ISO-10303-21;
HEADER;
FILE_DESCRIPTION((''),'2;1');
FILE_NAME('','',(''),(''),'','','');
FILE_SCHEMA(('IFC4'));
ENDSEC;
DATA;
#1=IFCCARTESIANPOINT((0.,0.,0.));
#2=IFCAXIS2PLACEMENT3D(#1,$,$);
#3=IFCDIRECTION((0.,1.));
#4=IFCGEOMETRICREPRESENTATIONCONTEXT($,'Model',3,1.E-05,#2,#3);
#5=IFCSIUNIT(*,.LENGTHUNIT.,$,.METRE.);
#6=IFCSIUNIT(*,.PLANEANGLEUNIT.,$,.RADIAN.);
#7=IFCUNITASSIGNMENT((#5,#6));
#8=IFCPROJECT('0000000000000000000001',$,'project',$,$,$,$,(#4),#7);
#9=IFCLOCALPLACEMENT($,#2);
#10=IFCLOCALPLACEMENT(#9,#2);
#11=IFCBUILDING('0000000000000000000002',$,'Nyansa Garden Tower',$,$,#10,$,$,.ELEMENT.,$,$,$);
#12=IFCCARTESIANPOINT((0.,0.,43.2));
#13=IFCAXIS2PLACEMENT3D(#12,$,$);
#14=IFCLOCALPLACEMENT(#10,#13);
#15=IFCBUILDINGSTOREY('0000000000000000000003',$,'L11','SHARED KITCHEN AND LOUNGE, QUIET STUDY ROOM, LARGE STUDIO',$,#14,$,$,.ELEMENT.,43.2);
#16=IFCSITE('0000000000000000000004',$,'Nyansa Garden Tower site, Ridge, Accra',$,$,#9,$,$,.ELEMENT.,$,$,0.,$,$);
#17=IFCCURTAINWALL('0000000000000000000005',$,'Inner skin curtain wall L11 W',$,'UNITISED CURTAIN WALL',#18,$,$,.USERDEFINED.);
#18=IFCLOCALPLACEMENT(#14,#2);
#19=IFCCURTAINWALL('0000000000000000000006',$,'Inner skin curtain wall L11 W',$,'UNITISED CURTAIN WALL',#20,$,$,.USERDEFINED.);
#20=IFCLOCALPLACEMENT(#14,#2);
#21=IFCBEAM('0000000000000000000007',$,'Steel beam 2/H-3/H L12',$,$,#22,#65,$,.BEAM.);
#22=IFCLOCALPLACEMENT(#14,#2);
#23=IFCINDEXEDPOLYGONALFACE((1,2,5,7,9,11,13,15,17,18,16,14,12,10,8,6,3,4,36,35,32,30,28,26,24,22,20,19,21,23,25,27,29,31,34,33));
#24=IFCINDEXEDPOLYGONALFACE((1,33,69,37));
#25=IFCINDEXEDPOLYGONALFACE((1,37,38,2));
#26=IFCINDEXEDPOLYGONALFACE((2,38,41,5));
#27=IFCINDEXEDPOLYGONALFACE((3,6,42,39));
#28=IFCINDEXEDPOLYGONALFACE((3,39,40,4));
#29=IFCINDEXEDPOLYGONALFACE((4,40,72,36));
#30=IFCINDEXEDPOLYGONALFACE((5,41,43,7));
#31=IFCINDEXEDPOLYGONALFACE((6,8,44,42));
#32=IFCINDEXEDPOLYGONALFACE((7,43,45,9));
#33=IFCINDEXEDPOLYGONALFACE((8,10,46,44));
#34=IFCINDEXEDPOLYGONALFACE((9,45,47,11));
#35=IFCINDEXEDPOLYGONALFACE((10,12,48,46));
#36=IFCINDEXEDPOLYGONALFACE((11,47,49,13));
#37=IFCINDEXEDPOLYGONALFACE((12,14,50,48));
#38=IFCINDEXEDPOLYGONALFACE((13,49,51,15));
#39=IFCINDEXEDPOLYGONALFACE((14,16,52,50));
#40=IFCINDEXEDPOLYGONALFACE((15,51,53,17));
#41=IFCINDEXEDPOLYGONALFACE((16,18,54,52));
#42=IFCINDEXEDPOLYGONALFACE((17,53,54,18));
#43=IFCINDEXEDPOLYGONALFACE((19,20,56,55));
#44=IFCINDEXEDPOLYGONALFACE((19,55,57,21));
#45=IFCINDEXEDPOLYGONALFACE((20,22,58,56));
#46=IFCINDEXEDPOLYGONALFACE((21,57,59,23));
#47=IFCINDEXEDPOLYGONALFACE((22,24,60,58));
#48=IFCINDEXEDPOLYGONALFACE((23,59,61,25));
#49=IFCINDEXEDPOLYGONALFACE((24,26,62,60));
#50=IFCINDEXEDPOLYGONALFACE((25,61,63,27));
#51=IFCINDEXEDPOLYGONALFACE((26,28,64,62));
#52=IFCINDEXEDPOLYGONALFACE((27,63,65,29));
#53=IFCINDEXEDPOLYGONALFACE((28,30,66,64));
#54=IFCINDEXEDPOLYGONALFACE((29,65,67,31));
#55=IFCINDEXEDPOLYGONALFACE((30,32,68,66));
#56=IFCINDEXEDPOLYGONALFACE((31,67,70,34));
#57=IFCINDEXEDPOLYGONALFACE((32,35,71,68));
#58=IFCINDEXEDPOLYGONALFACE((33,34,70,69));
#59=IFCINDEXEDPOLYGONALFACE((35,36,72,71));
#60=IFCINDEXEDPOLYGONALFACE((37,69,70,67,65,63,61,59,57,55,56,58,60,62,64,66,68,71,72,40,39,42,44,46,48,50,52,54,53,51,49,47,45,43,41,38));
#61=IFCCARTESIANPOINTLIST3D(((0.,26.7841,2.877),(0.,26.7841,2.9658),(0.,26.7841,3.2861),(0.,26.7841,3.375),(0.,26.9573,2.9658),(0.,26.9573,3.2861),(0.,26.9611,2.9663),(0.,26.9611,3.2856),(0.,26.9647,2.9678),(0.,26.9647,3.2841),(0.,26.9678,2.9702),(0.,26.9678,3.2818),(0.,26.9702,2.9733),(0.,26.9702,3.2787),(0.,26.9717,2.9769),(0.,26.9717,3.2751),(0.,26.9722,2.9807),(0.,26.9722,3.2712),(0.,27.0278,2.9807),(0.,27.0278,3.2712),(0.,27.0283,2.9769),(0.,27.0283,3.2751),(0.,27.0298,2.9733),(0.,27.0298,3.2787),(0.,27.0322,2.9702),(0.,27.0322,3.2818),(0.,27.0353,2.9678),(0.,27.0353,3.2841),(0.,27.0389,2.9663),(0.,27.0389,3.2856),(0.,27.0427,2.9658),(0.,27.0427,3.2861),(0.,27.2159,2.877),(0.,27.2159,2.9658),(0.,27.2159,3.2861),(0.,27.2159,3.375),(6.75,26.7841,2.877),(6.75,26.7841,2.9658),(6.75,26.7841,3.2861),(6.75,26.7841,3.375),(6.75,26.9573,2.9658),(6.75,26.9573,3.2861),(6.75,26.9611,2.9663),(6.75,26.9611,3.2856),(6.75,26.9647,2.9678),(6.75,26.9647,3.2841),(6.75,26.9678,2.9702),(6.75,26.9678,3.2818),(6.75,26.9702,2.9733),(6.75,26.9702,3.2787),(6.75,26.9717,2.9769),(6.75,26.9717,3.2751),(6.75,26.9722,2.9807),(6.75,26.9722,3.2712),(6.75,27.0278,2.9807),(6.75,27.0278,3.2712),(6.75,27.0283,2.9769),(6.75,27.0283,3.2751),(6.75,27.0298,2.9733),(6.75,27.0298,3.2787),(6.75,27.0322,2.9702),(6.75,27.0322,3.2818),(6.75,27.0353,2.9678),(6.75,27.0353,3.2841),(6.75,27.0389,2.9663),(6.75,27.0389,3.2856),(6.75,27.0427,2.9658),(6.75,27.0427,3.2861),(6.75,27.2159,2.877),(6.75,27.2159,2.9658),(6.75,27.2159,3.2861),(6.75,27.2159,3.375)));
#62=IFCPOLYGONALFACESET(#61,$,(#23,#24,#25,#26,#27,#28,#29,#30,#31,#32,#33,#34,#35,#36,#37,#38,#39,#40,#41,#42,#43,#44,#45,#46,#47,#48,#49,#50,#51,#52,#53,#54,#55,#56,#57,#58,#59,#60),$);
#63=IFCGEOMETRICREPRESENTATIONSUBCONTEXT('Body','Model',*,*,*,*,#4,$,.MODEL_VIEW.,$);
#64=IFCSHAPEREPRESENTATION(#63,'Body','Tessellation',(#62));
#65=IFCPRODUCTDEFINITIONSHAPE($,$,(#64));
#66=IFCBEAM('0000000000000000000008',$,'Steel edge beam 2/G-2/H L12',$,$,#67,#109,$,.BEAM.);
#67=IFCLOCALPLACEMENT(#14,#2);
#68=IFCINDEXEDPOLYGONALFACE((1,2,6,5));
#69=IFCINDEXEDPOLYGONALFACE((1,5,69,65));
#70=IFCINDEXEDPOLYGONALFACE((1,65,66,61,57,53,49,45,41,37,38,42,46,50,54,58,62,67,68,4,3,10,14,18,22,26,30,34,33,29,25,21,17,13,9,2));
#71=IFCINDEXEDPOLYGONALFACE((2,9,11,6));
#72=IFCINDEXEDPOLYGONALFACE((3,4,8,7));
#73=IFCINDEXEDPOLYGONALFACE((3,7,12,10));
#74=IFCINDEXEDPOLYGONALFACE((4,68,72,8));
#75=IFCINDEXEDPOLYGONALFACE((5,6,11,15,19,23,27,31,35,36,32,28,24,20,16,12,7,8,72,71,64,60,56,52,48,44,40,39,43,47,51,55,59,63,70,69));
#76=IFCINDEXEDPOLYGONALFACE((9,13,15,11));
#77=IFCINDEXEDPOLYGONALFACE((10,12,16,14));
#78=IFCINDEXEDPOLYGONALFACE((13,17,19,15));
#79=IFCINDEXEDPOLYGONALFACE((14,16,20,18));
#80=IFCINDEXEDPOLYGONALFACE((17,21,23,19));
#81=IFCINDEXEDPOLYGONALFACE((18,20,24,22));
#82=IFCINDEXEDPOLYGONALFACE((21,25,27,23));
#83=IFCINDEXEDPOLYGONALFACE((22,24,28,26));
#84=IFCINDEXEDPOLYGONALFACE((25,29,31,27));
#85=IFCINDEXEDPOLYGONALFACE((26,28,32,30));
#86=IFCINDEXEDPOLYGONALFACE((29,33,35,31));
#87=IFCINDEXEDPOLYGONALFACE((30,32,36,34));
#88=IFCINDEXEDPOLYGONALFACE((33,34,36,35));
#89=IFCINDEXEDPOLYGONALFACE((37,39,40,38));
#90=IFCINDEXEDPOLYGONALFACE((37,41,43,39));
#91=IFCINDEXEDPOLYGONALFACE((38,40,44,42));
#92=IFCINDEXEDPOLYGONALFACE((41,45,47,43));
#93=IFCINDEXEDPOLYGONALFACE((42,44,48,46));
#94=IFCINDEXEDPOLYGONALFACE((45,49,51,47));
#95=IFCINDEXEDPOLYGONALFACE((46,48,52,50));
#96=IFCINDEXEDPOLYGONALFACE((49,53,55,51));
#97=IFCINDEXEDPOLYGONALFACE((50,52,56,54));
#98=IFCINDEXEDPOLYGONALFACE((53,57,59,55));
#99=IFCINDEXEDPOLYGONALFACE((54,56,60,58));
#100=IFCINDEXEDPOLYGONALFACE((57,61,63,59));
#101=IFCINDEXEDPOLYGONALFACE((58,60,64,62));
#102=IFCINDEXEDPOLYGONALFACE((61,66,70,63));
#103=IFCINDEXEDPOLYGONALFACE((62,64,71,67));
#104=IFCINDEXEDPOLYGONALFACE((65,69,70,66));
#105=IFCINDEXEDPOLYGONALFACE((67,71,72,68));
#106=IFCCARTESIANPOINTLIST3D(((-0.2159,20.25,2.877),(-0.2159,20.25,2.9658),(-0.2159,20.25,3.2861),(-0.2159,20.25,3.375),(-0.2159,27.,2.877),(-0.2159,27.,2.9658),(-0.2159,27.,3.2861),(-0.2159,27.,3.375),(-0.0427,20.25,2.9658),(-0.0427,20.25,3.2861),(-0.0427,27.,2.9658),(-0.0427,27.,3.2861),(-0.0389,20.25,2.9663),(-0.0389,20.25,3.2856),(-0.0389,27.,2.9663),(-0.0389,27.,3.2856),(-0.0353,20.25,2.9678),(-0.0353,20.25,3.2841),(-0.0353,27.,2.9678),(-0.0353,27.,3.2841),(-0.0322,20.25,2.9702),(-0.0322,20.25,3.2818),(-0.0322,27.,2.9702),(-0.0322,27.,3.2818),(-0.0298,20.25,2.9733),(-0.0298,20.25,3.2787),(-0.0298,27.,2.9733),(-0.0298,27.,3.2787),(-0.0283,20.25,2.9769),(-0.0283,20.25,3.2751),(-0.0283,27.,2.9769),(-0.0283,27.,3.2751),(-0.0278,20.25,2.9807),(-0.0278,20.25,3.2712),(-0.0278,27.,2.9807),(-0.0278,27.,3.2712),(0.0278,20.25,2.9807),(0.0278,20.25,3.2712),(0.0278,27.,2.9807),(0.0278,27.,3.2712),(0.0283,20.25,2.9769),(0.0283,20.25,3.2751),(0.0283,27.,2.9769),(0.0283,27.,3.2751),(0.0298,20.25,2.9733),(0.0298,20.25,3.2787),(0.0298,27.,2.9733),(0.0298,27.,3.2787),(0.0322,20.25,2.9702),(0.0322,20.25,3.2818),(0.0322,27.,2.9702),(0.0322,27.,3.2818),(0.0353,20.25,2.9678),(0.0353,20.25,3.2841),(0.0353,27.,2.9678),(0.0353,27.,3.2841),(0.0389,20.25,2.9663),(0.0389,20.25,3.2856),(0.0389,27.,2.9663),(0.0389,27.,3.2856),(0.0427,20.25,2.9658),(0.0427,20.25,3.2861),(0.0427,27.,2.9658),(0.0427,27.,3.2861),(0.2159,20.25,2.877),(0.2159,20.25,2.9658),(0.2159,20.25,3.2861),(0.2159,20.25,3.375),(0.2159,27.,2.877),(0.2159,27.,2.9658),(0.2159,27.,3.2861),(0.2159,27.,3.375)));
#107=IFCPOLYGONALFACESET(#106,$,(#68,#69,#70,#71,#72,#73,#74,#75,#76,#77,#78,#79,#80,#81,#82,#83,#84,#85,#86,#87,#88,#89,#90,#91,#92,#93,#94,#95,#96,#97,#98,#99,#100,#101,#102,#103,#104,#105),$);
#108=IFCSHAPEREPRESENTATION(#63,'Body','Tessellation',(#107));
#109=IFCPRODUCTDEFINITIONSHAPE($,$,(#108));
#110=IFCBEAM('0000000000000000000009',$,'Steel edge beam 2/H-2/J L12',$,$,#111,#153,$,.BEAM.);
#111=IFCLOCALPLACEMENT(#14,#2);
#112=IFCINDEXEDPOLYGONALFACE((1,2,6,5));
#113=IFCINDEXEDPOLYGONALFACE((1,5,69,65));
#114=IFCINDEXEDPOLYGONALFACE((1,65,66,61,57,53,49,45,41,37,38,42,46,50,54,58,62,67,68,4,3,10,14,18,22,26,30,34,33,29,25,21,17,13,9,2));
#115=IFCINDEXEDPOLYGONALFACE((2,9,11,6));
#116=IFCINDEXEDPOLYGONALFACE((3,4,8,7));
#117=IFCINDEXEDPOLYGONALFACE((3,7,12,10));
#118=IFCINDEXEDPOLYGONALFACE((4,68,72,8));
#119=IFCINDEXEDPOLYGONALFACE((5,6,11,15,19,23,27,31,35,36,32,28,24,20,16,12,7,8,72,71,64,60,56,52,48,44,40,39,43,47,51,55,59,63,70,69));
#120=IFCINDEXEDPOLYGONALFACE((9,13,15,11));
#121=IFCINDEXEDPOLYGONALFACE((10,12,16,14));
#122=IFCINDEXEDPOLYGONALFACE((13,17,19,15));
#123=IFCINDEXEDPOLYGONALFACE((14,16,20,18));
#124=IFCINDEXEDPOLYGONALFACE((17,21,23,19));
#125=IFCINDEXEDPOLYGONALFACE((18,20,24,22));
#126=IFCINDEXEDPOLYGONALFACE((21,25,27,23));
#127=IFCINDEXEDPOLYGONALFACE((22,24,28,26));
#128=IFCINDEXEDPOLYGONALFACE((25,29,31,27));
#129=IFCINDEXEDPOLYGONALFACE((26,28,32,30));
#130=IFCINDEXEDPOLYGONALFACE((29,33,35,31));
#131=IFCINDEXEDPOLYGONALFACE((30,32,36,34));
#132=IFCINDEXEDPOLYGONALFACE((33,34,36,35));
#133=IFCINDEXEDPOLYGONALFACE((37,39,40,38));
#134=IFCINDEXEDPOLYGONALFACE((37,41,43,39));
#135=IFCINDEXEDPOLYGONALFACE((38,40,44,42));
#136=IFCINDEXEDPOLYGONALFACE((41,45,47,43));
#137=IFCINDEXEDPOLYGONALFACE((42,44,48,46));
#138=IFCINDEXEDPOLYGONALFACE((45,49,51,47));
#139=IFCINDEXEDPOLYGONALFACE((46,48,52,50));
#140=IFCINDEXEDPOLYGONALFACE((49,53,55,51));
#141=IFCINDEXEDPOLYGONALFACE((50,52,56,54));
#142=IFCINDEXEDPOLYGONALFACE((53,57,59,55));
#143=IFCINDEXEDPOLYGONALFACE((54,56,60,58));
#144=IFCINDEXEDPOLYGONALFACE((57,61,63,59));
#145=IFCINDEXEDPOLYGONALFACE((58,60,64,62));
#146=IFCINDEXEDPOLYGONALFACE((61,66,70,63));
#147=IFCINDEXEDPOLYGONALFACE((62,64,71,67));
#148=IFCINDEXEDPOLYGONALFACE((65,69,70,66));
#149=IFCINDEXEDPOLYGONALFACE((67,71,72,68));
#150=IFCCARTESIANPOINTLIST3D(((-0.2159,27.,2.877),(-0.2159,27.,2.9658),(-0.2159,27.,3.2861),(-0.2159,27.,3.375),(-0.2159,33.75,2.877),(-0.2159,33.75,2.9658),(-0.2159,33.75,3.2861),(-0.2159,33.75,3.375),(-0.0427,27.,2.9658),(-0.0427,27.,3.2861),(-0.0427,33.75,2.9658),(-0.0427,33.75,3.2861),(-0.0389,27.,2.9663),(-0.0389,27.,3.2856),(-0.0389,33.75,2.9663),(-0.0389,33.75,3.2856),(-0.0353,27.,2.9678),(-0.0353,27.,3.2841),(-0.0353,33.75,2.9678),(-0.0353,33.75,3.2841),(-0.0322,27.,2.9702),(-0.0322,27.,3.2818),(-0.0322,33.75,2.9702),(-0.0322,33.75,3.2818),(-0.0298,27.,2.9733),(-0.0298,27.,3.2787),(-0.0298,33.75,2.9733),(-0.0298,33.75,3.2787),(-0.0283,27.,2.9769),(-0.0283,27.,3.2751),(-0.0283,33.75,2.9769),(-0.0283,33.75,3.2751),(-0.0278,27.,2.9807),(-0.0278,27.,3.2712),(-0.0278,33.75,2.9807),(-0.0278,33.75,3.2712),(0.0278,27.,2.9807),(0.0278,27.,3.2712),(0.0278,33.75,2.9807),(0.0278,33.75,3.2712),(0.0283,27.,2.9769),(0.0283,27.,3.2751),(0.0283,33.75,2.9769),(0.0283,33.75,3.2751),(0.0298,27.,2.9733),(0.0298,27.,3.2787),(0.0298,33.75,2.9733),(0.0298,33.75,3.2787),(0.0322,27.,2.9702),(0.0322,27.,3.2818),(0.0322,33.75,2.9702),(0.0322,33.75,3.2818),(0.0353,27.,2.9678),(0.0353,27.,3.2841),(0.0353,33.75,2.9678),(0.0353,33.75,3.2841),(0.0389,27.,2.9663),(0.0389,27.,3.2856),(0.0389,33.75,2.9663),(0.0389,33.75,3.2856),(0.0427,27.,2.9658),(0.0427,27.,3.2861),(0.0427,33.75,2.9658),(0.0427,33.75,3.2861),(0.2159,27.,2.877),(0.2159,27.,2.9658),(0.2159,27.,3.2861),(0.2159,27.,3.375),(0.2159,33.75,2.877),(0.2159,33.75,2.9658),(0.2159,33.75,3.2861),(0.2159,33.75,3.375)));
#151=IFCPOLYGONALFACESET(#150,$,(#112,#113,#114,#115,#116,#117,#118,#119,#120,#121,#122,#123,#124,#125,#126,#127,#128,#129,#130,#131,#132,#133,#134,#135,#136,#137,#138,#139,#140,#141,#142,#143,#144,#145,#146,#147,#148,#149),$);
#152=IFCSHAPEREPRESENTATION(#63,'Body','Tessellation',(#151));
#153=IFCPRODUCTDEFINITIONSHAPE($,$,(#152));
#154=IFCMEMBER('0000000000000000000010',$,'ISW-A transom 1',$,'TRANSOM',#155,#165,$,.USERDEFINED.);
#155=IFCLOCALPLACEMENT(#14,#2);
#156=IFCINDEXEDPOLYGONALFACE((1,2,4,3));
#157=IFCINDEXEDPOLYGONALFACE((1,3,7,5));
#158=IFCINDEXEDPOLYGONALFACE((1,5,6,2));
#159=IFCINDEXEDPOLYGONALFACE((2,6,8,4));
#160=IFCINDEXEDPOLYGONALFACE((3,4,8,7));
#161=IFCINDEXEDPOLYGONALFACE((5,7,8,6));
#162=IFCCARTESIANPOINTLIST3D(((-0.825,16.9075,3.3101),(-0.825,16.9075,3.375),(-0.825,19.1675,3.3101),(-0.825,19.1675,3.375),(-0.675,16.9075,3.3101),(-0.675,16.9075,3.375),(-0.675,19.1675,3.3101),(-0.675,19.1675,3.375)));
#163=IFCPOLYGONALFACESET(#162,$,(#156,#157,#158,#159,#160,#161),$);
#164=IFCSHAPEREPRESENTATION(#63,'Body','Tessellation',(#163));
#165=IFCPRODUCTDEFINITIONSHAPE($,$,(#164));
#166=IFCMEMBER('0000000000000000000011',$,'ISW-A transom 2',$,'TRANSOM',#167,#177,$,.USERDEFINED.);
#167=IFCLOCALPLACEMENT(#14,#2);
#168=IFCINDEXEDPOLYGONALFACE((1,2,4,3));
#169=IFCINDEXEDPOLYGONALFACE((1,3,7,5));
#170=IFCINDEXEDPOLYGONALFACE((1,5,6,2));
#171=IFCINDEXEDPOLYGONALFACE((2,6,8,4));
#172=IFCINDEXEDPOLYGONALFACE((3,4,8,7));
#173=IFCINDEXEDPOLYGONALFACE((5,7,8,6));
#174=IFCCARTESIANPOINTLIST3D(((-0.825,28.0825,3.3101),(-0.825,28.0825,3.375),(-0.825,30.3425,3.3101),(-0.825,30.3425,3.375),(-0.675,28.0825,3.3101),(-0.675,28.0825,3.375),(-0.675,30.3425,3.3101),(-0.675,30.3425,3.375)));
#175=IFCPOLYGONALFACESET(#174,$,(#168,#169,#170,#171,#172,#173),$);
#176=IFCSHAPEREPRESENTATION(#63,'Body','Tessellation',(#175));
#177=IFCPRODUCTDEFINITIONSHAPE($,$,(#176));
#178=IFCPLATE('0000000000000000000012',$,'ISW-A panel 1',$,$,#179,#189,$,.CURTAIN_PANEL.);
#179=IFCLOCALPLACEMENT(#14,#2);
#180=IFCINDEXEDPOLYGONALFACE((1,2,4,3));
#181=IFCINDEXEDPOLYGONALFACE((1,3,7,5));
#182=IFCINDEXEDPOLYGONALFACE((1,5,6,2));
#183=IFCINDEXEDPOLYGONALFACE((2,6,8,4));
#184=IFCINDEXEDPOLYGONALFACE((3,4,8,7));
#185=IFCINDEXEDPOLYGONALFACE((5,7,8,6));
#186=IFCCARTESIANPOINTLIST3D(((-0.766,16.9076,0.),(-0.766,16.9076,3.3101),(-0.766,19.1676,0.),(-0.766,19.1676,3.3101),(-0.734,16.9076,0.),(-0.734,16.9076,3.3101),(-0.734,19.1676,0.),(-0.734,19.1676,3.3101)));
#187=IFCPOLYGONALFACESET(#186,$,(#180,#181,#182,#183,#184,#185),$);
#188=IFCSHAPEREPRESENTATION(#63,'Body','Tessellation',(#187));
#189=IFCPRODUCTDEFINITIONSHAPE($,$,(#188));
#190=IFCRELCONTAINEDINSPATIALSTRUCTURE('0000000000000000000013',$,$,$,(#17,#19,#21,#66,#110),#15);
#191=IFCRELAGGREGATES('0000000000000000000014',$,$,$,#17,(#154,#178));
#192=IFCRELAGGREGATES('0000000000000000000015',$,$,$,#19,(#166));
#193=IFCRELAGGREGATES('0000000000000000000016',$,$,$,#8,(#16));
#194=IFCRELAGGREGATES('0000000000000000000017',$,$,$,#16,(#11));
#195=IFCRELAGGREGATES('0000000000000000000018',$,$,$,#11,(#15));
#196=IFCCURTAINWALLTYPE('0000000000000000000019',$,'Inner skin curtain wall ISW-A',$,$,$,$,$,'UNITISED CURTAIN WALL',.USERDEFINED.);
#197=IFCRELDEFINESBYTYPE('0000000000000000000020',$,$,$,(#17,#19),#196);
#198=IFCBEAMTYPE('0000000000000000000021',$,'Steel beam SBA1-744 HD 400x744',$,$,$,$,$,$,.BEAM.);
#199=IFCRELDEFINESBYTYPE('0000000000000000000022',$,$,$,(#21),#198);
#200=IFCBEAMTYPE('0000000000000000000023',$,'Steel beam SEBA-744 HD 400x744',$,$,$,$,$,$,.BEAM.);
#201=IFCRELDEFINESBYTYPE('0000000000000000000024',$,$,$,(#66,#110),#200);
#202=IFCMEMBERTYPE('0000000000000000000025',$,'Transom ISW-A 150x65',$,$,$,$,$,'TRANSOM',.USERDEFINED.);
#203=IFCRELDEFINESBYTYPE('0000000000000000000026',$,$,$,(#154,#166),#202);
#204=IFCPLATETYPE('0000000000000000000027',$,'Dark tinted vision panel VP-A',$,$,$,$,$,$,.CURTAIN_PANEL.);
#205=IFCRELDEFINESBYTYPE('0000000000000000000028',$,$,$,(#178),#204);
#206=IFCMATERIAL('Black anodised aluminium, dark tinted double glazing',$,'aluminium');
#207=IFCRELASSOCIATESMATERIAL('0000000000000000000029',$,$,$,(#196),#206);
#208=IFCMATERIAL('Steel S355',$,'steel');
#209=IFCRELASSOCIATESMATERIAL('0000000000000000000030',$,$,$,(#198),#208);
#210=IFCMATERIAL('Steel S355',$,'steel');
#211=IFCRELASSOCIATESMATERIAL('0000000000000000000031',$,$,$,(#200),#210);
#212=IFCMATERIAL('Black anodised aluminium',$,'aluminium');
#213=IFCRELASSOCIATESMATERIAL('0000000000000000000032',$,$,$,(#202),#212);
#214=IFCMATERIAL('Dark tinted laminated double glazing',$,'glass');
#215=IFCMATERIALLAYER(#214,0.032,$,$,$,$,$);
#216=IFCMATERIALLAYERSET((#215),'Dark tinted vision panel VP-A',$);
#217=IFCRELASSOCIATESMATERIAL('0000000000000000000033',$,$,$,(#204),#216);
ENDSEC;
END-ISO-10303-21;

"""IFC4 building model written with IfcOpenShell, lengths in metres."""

from ifc_helpers import new_model, si_unit, direction, frame, origin, origin_2d, place, context, subcontext, project, spatial, rectangle, i_section, extrude, material, layer, layer_set, material_profile, profile_set, type_object, element, aggregate, save


model = new_model("IFC4")

# Units and contexts
model_context = context("Model", 3, precision=1e-05, world=origin(), true_north=direction((0.0, 1.0)))
body_context = subcontext(model_context, "Body", "Model", "MODEL_VIEW")
ifc_project = project(units=[si_unit("LENGTHUNIT", "METRE"), si_unit("PLANEANGLEUNIT", "RADIAN")], contexts=[model_context])

# Site, building, storey
site_placement = place(None, origin())
site = spatial("IfcSite", under=ifc_project, at=site_placement, Name="Nyansa Garden Tower site, Ridge, Accra", CompositionType="ELEMENT", RefElevation=0.0)
building_placement = place(site_placement, origin())
building = spatial("IfcBuilding", under=site, at=building_placement, Name="Nyansa Garden Tower", CompositionType="ELEMENT")
storey_placement = place(building_placement, frame((0.0, 0.0, 43.2)))
storey = spatial("IfcBuildingStorey", under=building, at=storey_placement, Name="L11", Description="SHARED KITCHEN AND LOUNGE, QUIET STUDY ROOM, LARGE STUDIO", CompositionType="ELEMENT", Elevation=43.2)

# Curtain wall
ifc_material_1 = material(Name="Black anodised aluminium, dark tinted double glazing", Category="aluminium")
curtain_wall_type = type_object("IfcCurtainWallType", Name="Inner skin curtain wall ISW-A", ElementType="UNITISED CURTAIN WALL", PredefinedType="USERDEFINED", material=ifc_material_1)
curtain_wall_1_placement = place(storey_placement, origin())
curtain_wall_1 = element("IfcCurtainWall", 1, at=curtain_wall_1_placement, inside=storey, type_object=curtain_wall_type, Name="Inner skin curtain wall L11 W", ObjectType="UNITISED CURTAIN WALL", PredefinedType="USERDEFINED")

# Curtain wall
curtain_wall_2_placement = place(storey_placement, origin())
curtain_wall_2 = element("IfcCurtainWall", 2, at=curtain_wall_2_placement, inside=storey, type_object=curtain_wall_type, Name="Inner skin curtain wall L11 W", ObjectType="UNITISED CURTAIN WALL", PredefinedType="USERDEFINED")

# Beams
ifc_material_2 = material(Name="Steel S355", Category="steel")
ifc_material_profile_1 = material_profile(ifc_material_2, i_section(OverallWidth=0.4319, OverallDepth=0.498, WebThickness=0.0557, FlangeThickness=0.0889, FilletRadius=0.0149, at=origin_2d()), Name="HD 400x744")
ifc_profile_set_1 = profile_set([ifc_material_profile_1], Name="Steel S355")
beam_type_1 = type_object("IfcBeamType", Name="Steel beam SBA1-744 HD 400x744", PredefinedType="BEAM", material=ifc_profile_set_1)
for number, where, z_axis, x_axis, name in (
    (3, (0.0, 27.0, 3.126), (1.0, 0.0, 0.0), (0.0, 1.0, 0.0), "Steel beam 2/H-3/H L12"),
):
    element("IfcBeam", number, at=place(storey_placement, frame(where, z_axis=z_axis, x_axis=x_axis)), inside=storey, type_object=beam_type_1, Name=name, PredefinedType="BEAM", context=body_context, shape_type="SweptSolid", body=[
        extrude(i_section(OverallWidth=0.4319, OverallDepth=0.498, WebThickness=0.0557, FlangeThickness=0.0889, FilletRadius=0.0149, at=origin_2d()), origin(), (0.0, 0.0, 1.0), 6.75),
    ])
ifc_material_3 = material(Name="Steel S355", Category="steel")
ifc_material_profile_2 = material_profile(ifc_material_3, i_section(OverallWidth=0.4319, OverallDepth=0.498, WebThickness=0.0557, FlangeThickness=0.0889, FilletRadius=0.0149, at=origin_2d()), Name="HD 400x744")
ifc_profile_set_2 = profile_set([ifc_material_profile_2], Name="Steel S355")
beam_type_2 = type_object("IfcBeamType", Name="Steel beam SEBA-744 HD 400x744", PredefinedType="BEAM", material=ifc_profile_set_2)
for number, where, z_axis, x_axis, name in (
    (4, (0.0, 20.25, 3.126), (0.0, 1.0, 0.0), (-1.0, 0.0, 0.0), "Steel edge beam 2/G-2/H L12"),
    (5, (0.0, 27.0, 3.126), (0.0, 1.0, 0.0), (-1.0, 0.0, 0.0), "Steel edge beam 2/H-2/J L12"),
):
    element("IfcBeam", number, at=place(storey_placement, frame(where, z_axis=z_axis, x_axis=x_axis)), inside=storey, type_object=beam_type_2, Name=name, PredefinedType="BEAM", context=body_context, shape_type="SweptSolid", body=[
        extrude(i_section(OverallWidth=0.4319, OverallDepth=0.498, WebThickness=0.0557, FlangeThickness=0.0889, FilletRadius=0.0149, at=origin_2d()), origin(), (0.0, 0.0, 1.0), 6.75),
    ])

# Members
ifc_material_4 = material(Name="Black anodised aluminium", Category="aluminium")
ifc_material_profile_3 = material_profile(ifc_material_4, rectangle(XDim=0.1499, YDim=0.0649, at=origin_2d()), Name="Transom 150x65")
ifc_profile_set_3 = profile_set([ifc_material_profile_3], Name="Black anodised aluminium")
member_type_1 = type_object("IfcMemberType", Name="Transom ISW-A 150x65", ElementType="TRANSOM", PredefinedType="USERDEFINED", material=ifc_profile_set_3)
member_1_placement = place(storey_placement, frame((-0.75, 19.1675, 3.3425), z_axis=(0.0, -1.0, 0.0), x_axis=(1.0, 0.0, 0.0)))
member_1 = element("IfcMember", 6, at=member_1_placement, type_object=member_type_1, Name="ISW-A transom 1", ObjectType="TRANSOM", PredefinedType="USERDEFINED", context=body_context, shape_type="SweptSolid", body=[
    extrude(rectangle(XDim=0.1499, YDim=0.0649, at=origin_2d()), origin(), (0.0, 0.0, 1.0), 2.26),
])
member_2_placement = place(storey_placement, frame((-0.75, 30.3425, 3.3425), z_axis=(0.0, -1.0, 0.0), x_axis=(1.0, 0.0, 0.0)))
member_2 = element("IfcMember", 7, at=member_2_placement, type_object=member_type_1, Name="ISW-A transom 2", ObjectType="TRANSOM", PredefinedType="USERDEFINED", context=body_context, shape_type="SweptSolid", body=[
    extrude(rectangle(XDim=0.1499, YDim=0.0649, at=origin_2d()), origin(), (0.0, 0.0, 1.0), 2.26),
])

# Plate
ifc_material_5 = material(Name="Dark tinted laminated double glazing", Category="glass")
ifc_layer_1 = layer(ifc_material_5, 0.032)
ifc_layer_set_1 = layer_set([ifc_layer_1], Name="Dark tinted vision panel VP-A")
plate_type_1 = type_object("IfcPlateType", Name="Dark tinted vision panel VP-A", PredefinedType="CURTAIN_PANEL", material=ifc_layer_set_1)
plate_1_placement = place(storey_placement, frame((-0.75, 18.0376, 0.0), z_axis=(0.0, 0.0, 1.0), x_axis=(0.0, -1.0, 0.0)))
plate_1 = element("IfcPlate", 8, at=plate_1_placement, type_object=plate_type_1, Name="ISW-A panel 1", PredefinedType="CURTAIN_PANEL", context=body_context, shape_type="SweptSolid", body=[
    extrude(rectangle(XDim=2.26, YDim=0.032, at=origin_2d()), origin(), (0.0, 0.0, 1.0), 3.3101),
])
aggregate(curtain_wall_1, [member_1, plate_1])
aggregate(curtain_wall_2, [member_2])

save(model, "model.ifc")
